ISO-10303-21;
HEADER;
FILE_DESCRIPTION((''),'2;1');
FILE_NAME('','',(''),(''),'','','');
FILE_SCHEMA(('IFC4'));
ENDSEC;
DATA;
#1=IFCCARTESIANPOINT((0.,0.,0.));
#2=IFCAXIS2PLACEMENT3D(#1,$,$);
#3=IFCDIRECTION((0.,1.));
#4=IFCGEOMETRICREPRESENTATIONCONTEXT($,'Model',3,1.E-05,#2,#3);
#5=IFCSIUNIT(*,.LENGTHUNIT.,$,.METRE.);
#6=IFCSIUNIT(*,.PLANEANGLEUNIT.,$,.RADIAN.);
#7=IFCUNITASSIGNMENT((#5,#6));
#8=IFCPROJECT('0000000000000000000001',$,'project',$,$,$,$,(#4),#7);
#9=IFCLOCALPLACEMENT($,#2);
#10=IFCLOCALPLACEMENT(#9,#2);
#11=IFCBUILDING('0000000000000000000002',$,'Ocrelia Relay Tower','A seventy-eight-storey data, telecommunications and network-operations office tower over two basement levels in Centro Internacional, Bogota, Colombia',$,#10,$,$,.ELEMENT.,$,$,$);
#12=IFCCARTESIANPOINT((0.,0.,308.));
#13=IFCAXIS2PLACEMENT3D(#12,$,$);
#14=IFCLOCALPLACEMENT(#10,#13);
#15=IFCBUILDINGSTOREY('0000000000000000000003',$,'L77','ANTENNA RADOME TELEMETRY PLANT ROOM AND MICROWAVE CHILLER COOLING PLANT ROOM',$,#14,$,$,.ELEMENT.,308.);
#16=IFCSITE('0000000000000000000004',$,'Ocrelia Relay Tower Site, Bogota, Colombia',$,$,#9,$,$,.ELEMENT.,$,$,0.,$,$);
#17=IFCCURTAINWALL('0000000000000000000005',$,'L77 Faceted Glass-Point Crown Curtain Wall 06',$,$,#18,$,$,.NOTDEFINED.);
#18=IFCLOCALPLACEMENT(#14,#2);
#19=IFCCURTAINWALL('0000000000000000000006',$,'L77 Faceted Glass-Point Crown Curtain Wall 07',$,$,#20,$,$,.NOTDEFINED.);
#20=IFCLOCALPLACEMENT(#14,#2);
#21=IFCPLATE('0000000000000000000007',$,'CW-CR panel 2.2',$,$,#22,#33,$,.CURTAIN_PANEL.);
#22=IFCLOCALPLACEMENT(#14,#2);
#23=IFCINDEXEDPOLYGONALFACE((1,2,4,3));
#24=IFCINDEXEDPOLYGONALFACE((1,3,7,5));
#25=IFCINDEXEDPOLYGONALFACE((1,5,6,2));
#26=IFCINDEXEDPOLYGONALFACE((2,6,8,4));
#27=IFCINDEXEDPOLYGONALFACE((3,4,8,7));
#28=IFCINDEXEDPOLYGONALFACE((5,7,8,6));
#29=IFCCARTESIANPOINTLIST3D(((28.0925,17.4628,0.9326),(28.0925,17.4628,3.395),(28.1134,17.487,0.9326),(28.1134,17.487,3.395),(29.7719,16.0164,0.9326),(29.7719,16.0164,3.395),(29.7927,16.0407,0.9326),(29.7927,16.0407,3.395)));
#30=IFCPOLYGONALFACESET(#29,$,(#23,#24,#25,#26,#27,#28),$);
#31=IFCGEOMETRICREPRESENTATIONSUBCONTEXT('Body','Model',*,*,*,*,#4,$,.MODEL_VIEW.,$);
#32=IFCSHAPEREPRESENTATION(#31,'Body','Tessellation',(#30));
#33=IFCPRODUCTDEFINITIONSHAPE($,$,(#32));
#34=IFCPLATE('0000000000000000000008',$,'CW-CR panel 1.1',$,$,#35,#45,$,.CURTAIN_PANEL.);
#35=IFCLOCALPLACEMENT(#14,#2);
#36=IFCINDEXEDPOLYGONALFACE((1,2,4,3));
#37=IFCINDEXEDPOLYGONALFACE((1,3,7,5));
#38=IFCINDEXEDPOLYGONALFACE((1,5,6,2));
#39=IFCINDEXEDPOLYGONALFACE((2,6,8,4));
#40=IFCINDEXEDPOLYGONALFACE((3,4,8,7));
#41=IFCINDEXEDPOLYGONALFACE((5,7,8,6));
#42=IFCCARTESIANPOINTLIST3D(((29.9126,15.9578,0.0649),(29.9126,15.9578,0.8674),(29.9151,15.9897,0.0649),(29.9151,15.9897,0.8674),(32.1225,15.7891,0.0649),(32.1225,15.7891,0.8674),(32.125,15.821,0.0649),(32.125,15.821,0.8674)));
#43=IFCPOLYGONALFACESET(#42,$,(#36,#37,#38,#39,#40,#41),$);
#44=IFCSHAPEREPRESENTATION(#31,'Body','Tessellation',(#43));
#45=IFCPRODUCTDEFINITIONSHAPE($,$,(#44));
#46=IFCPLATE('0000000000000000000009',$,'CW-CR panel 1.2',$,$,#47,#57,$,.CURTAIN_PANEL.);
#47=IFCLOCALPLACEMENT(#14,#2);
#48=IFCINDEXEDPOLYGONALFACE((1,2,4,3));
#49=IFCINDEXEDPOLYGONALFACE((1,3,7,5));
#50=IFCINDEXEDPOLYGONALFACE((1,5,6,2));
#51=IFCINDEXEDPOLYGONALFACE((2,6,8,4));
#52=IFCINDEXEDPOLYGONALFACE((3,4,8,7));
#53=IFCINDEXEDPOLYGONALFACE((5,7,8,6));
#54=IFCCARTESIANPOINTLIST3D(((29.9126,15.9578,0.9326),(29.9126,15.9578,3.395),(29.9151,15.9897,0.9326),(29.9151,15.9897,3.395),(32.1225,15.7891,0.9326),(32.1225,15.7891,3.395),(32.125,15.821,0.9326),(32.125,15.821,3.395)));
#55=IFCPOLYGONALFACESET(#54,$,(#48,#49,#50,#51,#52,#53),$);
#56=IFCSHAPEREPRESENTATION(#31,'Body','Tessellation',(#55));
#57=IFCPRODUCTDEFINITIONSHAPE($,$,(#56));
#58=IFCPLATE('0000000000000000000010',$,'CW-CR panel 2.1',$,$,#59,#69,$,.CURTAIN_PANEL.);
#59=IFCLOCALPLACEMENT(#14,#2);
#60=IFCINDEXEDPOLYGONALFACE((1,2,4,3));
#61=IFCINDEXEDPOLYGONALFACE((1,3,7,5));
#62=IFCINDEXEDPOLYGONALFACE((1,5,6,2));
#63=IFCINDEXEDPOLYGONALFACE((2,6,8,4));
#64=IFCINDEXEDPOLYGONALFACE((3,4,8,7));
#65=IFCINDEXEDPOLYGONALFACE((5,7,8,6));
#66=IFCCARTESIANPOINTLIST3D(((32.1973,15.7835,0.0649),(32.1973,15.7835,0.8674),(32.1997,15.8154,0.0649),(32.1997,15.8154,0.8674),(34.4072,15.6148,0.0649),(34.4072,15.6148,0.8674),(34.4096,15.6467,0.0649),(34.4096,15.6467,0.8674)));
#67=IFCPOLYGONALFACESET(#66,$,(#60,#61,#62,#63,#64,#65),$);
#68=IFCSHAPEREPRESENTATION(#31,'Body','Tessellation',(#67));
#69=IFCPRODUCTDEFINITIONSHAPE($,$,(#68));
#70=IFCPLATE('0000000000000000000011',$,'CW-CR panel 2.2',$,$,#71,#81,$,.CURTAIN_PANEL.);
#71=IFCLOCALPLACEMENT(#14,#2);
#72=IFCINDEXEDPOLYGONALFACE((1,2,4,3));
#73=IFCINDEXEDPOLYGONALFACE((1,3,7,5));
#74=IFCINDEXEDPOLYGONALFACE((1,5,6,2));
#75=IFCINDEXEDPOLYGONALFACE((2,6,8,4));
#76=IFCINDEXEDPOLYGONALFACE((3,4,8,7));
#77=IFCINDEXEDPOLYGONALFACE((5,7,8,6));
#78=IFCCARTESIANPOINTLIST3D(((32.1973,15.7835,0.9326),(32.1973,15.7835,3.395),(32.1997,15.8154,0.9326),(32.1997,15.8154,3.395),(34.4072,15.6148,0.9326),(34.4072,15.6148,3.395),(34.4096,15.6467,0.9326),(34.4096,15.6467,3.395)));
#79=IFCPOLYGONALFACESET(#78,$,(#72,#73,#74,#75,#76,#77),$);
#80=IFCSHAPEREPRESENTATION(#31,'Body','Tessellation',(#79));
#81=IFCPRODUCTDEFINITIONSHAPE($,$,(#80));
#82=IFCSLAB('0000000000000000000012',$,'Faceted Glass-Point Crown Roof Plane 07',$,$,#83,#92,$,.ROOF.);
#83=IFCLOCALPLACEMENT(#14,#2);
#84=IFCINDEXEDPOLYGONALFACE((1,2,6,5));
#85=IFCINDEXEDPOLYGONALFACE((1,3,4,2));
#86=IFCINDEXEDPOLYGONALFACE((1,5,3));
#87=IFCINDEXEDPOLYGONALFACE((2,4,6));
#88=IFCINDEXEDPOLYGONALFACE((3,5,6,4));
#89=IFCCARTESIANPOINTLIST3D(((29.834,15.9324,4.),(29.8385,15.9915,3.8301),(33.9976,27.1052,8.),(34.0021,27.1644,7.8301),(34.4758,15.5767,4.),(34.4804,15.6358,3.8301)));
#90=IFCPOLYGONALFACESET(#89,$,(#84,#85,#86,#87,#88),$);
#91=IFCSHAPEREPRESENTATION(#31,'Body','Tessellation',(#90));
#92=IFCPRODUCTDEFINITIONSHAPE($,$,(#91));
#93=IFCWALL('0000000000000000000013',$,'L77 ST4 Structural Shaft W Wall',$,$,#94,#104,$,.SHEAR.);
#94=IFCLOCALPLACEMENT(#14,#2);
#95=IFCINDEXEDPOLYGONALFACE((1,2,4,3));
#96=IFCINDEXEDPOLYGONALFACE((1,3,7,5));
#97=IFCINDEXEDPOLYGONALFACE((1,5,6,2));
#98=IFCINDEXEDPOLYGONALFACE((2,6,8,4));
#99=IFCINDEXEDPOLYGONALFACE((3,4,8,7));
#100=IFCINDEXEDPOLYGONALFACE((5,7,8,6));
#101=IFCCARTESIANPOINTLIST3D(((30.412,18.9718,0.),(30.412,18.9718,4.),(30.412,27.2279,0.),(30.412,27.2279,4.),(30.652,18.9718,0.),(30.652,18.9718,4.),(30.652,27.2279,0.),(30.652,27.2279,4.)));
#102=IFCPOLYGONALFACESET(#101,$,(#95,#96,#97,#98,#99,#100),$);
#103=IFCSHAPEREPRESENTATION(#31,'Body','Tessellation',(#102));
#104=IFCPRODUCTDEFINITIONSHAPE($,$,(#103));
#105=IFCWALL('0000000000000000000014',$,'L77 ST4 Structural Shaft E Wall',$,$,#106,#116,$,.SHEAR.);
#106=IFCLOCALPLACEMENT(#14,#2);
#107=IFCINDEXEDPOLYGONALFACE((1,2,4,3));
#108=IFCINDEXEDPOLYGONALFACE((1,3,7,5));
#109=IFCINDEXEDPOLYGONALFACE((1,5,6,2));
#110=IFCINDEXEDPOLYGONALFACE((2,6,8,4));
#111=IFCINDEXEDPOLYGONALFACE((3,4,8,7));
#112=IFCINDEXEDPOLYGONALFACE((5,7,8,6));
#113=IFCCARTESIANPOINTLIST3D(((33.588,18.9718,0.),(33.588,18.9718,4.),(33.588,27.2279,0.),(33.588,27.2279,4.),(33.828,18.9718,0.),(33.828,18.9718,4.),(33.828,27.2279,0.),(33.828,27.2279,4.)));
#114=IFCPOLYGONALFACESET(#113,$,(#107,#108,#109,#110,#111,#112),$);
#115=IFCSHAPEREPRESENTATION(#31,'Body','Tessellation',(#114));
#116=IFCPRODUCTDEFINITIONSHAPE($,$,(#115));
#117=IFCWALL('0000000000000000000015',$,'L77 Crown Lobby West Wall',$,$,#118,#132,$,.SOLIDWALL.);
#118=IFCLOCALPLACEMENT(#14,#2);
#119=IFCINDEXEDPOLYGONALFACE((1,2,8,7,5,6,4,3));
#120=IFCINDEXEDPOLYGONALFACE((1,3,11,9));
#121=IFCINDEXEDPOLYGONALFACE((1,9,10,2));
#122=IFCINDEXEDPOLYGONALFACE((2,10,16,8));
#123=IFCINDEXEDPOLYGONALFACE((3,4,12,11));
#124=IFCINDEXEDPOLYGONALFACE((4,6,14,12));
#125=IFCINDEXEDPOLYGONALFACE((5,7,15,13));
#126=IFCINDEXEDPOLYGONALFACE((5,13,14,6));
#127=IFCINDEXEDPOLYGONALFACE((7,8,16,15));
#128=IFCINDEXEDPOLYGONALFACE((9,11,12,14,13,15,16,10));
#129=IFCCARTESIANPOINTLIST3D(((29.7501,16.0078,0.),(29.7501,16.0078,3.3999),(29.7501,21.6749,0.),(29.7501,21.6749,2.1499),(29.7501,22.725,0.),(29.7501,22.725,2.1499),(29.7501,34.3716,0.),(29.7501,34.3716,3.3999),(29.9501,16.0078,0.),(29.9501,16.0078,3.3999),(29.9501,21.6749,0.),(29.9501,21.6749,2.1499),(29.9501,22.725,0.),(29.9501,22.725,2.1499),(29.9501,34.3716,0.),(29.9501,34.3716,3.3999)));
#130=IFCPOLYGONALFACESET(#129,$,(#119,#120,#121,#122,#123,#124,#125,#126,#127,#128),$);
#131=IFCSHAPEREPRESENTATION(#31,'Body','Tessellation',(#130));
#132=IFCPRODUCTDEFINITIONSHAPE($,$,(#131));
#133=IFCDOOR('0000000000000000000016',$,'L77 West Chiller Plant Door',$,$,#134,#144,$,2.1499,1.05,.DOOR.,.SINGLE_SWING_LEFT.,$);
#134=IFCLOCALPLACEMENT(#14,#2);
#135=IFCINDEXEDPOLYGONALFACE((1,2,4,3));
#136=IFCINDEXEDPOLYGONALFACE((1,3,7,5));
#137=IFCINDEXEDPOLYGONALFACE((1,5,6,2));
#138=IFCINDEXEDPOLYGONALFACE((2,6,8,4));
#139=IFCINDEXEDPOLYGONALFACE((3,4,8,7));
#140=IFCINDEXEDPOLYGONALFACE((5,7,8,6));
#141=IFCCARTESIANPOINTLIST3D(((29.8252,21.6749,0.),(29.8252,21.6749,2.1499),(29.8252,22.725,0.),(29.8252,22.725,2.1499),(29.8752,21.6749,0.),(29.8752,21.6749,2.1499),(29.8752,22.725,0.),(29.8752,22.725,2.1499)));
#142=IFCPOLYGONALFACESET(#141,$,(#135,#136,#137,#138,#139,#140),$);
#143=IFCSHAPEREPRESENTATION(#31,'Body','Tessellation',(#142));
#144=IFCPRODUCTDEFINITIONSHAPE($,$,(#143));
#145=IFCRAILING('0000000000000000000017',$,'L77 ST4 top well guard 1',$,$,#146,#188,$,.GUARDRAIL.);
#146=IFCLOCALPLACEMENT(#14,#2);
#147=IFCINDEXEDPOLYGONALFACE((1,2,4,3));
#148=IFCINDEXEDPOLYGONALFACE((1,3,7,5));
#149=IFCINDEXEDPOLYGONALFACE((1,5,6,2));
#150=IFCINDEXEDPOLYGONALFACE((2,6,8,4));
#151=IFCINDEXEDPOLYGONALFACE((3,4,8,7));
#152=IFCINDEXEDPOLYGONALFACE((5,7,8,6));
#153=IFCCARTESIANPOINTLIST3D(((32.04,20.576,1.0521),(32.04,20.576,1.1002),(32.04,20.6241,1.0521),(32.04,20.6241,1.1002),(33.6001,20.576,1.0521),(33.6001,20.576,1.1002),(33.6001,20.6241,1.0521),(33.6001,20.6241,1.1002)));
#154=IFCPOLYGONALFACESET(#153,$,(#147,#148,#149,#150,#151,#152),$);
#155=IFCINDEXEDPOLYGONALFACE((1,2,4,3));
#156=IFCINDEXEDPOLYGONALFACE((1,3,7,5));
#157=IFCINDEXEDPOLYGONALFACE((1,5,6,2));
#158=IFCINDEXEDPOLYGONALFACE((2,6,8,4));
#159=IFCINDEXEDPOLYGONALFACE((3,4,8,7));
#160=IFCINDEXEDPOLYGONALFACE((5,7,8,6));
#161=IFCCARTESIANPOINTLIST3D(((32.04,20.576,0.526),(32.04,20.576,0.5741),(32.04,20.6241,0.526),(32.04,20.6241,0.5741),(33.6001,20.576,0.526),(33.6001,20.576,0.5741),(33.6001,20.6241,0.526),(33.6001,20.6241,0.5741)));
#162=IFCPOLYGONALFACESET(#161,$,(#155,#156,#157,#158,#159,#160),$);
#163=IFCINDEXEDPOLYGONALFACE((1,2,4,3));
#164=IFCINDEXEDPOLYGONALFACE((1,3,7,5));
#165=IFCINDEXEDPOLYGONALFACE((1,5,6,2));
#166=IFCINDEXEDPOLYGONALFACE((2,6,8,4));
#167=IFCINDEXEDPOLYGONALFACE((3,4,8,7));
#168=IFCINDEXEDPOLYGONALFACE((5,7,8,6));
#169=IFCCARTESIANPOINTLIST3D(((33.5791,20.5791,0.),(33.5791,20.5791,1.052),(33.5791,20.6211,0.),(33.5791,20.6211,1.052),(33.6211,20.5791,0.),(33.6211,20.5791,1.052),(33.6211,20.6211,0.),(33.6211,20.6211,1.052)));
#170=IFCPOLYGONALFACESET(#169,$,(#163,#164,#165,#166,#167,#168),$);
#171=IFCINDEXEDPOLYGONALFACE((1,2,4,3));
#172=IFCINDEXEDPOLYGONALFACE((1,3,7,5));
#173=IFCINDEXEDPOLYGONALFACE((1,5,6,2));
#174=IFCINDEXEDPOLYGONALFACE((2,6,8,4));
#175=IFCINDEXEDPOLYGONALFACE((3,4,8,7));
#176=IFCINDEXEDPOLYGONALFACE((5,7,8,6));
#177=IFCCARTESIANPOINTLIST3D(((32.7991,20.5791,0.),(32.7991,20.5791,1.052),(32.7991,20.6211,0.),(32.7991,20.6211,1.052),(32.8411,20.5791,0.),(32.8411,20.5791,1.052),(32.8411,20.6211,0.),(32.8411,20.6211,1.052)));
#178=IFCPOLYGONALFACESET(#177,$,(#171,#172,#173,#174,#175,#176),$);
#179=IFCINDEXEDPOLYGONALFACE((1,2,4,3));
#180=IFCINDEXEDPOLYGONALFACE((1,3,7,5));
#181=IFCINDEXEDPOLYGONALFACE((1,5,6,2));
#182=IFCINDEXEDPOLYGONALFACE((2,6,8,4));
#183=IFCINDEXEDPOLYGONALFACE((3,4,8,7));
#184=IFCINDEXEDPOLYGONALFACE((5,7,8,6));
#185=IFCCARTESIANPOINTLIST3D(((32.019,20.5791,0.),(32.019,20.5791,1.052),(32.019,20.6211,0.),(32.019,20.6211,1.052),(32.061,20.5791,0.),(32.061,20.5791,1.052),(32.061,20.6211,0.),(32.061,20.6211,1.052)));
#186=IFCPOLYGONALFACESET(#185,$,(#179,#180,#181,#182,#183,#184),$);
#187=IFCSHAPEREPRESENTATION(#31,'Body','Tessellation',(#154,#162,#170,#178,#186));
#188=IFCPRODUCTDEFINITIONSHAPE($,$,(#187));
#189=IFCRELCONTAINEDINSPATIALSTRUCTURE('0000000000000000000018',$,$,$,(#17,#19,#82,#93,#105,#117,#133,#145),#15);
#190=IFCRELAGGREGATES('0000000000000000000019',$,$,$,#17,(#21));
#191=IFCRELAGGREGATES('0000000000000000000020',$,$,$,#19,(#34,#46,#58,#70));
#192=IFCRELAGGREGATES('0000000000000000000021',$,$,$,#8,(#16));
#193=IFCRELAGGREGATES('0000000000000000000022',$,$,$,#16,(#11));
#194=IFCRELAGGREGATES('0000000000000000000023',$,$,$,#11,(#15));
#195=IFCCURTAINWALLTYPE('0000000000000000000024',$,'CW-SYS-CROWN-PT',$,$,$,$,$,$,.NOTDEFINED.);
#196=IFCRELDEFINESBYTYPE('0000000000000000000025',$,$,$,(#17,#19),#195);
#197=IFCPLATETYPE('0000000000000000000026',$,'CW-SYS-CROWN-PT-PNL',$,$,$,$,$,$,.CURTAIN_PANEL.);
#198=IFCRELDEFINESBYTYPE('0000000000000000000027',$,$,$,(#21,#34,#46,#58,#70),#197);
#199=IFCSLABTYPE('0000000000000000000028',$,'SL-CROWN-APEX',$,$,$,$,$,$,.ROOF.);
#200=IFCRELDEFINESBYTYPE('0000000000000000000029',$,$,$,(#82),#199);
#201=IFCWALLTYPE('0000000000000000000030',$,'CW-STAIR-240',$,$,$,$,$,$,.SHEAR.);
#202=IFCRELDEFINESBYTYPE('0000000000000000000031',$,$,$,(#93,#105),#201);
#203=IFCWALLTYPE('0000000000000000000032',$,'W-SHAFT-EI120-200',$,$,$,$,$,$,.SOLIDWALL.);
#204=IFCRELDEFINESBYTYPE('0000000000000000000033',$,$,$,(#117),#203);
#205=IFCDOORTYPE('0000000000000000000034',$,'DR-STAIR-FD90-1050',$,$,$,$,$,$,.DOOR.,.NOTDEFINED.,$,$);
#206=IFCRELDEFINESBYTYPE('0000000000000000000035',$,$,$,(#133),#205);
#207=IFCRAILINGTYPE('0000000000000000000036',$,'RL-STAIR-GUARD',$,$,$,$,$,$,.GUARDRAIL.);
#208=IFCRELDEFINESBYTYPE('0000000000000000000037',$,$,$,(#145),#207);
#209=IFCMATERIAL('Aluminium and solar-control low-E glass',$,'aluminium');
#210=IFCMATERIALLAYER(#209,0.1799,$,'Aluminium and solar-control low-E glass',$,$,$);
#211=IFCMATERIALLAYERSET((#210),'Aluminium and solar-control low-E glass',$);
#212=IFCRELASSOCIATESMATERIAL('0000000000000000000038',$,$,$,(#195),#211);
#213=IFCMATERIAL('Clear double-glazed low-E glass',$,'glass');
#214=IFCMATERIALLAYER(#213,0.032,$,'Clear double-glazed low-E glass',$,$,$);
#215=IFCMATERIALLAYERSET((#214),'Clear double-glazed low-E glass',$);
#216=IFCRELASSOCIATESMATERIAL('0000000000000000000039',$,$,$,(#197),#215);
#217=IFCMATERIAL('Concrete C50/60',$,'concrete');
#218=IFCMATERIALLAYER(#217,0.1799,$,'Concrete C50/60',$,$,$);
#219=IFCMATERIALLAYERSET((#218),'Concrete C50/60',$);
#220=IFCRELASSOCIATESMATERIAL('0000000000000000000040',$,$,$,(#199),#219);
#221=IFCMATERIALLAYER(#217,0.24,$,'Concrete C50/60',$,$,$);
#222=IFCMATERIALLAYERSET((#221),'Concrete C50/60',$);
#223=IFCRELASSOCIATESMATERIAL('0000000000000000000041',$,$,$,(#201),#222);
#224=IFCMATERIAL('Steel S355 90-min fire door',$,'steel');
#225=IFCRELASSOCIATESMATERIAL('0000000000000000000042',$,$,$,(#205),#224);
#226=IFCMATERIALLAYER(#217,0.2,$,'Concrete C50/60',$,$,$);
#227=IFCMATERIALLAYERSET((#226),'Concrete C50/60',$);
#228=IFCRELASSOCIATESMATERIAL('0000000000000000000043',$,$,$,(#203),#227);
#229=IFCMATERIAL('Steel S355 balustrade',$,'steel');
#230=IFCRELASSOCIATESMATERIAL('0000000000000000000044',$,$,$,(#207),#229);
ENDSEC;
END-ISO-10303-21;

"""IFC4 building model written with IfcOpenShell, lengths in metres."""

from ifc_helpers import new_model, si_unit, direction, frame, frame_2d, origin, origin_2d, place, context, subcontext, project, spatial, polyline, rectangle, outline, extrude, material, layer, layer_set, type_object, element, fill, aggregate, save


model = new_model("IFC4")

# Units and contexts
model_context = context("Model", 3, precision=1e-05, world=origin(), true_north=direction((0.0, 1.0)))
body_context = subcontext(model_context, "Body", "Model", "MODEL_VIEW")
ifc_project = project(units=[si_unit("LENGTHUNIT", "METRE"), si_unit("PLANEANGLEUNIT", "RADIAN")], contexts=[model_context])

# Site, building, storey
site_placement = place(None, origin())
site = spatial("IfcSite", under=ifc_project, at=site_placement, Name="Ocrelia Relay Tower Site, Bogota, Colombia", CompositionType="ELEMENT", RefElevation=0.0)
building_placement = place(site_placement, origin())
building = spatial("IfcBuilding", under=site, at=building_placement, Name="Ocrelia Relay Tower", Description="A seventy-eight-storey data, telecommunications and network-operations office tower over two basement levels in Centro Internacional, Bogota, Colombia", CompositionType="ELEMENT")
storey_placement = place(building_placement, frame((0.0, 0.0, 308.0)))
storey = spatial("IfcBuildingStorey", under=building, at=storey_placement, Name="L77", Description="ANTENNA RADOME TELEMETRY PLANT ROOM AND MICROWAVE CHILLER COOLING PLANT ROOM", CompositionType="ELEMENT", Elevation=308.0)

# Curtain wall
ifc_material_1 = material(Name="Aluminium and solar-control low-E glass", Category="aluminium")
ifc_layer_1 = layer(ifc_material_1, 0.1799, Name="Aluminium and solar-control low-E glass")
ifc_layer_set_1 = layer_set([ifc_layer_1], Name="Aluminium and solar-control low-E glass")
curtain_wall_type = type_object("IfcCurtainWallType", Name="CW-SYS-CROWN-PT", PredefinedType="NOTDEFINED", material=ifc_layer_set_1)
curtain_wall_1_placement = place(storey_placement, origin())
curtain_wall_1 = element("IfcCurtainWall", 1, at=curtain_wall_1_placement, inside=storey, type_object=curtain_wall_type, Name="L77 Faceted Glass-Point Crown Curtain Wall 06", PredefinedType="NOTDEFINED")

# Curtain wall
curtain_wall_2_placement = place(storey_placement, origin())
curtain_wall_2 = element("IfcCurtainWall", 2, at=curtain_wall_2_placement, inside=storey, type_object=curtain_wall_type, Name="L77 Faceted Glass-Point Crown Curtain Wall 07", PredefinedType="NOTDEFINED")

# Plates
ifc_material_2 = material(Name="Clear double-glazed low-E glass", Category="glass")
ifc_layer_2 = layer(ifc_material_2, 0.032, Name="Clear double-glazed low-E glass")
ifc_layer_set_2 = layer_set([ifc_layer_2], Name="Clear double-glazed low-E glass")
plate_type = type_object("IfcPlateType", Name="CW-SYS-CROWN-PT-PNL", PredefinedType="CURTAIN_PANEL", material=ifc_layer_set_2)
plate_1_placement = place(storey_placement, frame((28.9426, 16.7517, 0.9326), z_axis=(0.0, 0.0, 1.0), x_axis=(0.757719, -0.652581, 0.0)))
plate_1 = element("IfcPlate", 3, at=plate_1_placement, type_object=plate_type, Name="CW-CR panel 2.2", PredefinedType="CURTAIN_PANEL", context=body_context, shape_type="SweptSolid", body=[
    extrude(rectangle(XDim=2.2163, YDim=0.032, at=origin_2d()), origin(), (0.0, 0.0, 1.0), 2.4624),
])
aggregate(curtain_wall_1, [plate_1])
plate_2_placement = place(storey_placement, frame((31.0188, 15.8894, 0.0649), z_axis=(0.0, 0.0, 1.0), x_axis=(0.997101, -0.076089, 0.0)))
plate_2 = element("IfcPlate", 4, at=plate_2_placement, type_object=plate_type, Name="CW-CR panel 1.1", PredefinedType="CURTAIN_PANEL", context=body_context, shape_type="SweptSolid", body=[
    extrude(rectangle(XDim=2.2163, YDim=0.032, at=origin_2d()), origin(), (0.0, 0.0, 1.0), 0.8025),
])
plate_3_placement = place(storey_placement, frame((31.0188, 15.8894, 0.9326), z_axis=(0.0, 0.0, 1.0), x_axis=(0.997101, -0.076089, 0.0)))
plate_3 = element("IfcPlate", 5, at=plate_3_placement, type_object=plate_type, Name="CW-CR panel 1.2", PredefinedType="CURTAIN_PANEL", context=body_context, shape_type="SweptSolid", body=[
    extrude(rectangle(XDim=2.2163, YDim=0.032, at=origin_2d()), origin(), (0.0, 0.0, 1.0), 2.4624),
])
plate_4_placement = place(storey_placement, frame((33.3035, 15.7151, 0.0649), z_axis=(0.0, 0.0, 1.0), x_axis=(0.997101, -0.076089, 0.0)))
plate_4 = element("IfcPlate", 6, at=plate_4_placement, type_object=plate_type, Name="CW-CR panel 2.1", PredefinedType="CURTAIN_PANEL", context=body_context, shape_type="SweptSolid", body=[
    extrude(rectangle(XDim=2.2163, YDim=0.032, at=origin_2d()), origin(), (0.0, 0.0, 1.0), 0.8025),
])
plate_5_placement = place(storey_placement, frame((33.3035, 15.7151, 0.9326), z_axis=(0.0, 0.0, 1.0), x_axis=(0.997101, -0.076089, 0.0)))
plate_5 = element("IfcPlate", 7, at=plate_5_placement, type_object=plate_type, Name="CW-CR panel 2.2", PredefinedType="CURTAIN_PANEL", context=body_context, shape_type="SweptSolid", body=[
    extrude(rectangle(XDim=2.2163, YDim=0.032, at=origin_2d()), origin(), (0.0, 0.0, 1.0), 2.4624),
])
aggregate(curtain_wall_2, [plate_2, plate_3, plate_4, plate_5])

# Slab
ifc_material_3 = material(Name="Concrete C50/60", Category="concrete")
ifc_layer_3 = layer(ifc_material_3, 0.1799, Name="Concrete C50/60")
ifc_layer_set_3 = layer_set([ifc_layer_3], Name="Concrete C50/60")
slab_type = type_object("IfcSlabType", Name="SL-CROWN-APEX", PredefinedType="ROOF", material=ifc_layer_set_3)
slab_placement = place(storey_placement, frame((29.834, 15.9324, 4.0), z_axis=(-0.025183, -0.328623, 0.944126), x_axis=(0.997077, -0.076408, 0.0)))
element("IfcSlab", 8, at=slab_placement, inside=storey, type_object=slab_type, Name="Faceted Glass-Point Crown Roof Plane 07", PredefinedType="ROOF", context=body_context, shape_type="SweptSolid", body=[
    extrude(outline(polyline([(0.0, 0.0), (4.6555, 0.0), (3.2977, 12.1364), (0.0, 0.0)])), origin(), (0.0, 0.0, -1.0), 0.1799),
])

# Shared definitions
ifc_layer_4 = layer(ifc_material_3, 0.24, Name="Concrete C50/60")
ifc_layer_set_4 = layer_set([ifc_layer_4], Name="Concrete C50/60")
wall_type_1 = type_object("IfcWallType", Name="CW-STAIR-240", PredefinedType="SHEAR", material=ifc_layer_set_4)
ifc_material_4 = material(Name="Steel S355 90-min fire door", Category="steel")
door_type = type_object("IfcDoorType", Name="DR-STAIR-FD90-1050", OperationType="NOTDEFINED", PredefinedType="DOOR", material=ifc_material_4)

# Walls
for number, where, z_axis, x_axis, name in (
    (9, (30.532, 18.9719, 0.0), (0.0, 0.0, 1.0), (0.0, 1.0, 0.0), "L77 ST4 Structural Shaft W Wall"),
    (10, (33.708, 18.9719, 0.0), (0.0, 0.0, 1.0), (0.0, 1.0, 0.0), "L77 ST4 Structural Shaft E Wall"),
):
    element("IfcWall", number, at=place(storey_placement, frame(where, z_axis=z_axis, x_axis=x_axis)), inside=storey, type_object=wall_type_1, Name=name, PredefinedType="SHEAR", context=body_context, shape_type="SweptSolid", body=[
        extrude(rectangle(XDim=8.2561, YDim=0.24, at=frame_2d((4.1279, 0.0))), origin(), (0.0, 0.0, 1.0), 4.0),
    ])

# Wall, opening, door
ifc_layer_5 = layer(ifc_material_3, 0.2, Name="Concrete C50/60")
ifc_layer_set_5 = layer_set([ifc_layer_5], Name="Concrete C50/60")
wall_type_2 = type_object("IfcWallType", Name="W-SHAFT-EI120-200", PredefinedType="SOLIDWALL", material=ifc_layer_set_5)
wall_1_placement = place(storey_placement, frame((29.8501, 16.0078, 0.0), z_axis=(0.0, 0.0, 1.0), x_axis=(0.0, 1.0, 0.0)))
wall_1 = element("IfcWall", 11, at=wall_1_placement, inside=storey, type_object=wall_type_2, Name="L77 Crown Lobby West Wall", PredefinedType="SOLIDWALL", context=body_context, shape_type="SweptSolid", body=[
    extrude(rectangle(XDim=18.3638, YDim=0.2, at=frame_2d((9.1819, 0.0))), origin(), (0.0, 0.0, 1.0), 3.3999),
])
opening_1_placement = place(wall_1_placement, frame((5.6672, 0.0, 0.0)))
opening_1 = element("IfcOpeningElement", 12, at=opening_1_placement, cuts=wall_1, PredefinedType="OPENING", context=body_context, shape_type="SweptSolid", body=[
    extrude(rectangle(XDim=1.05, YDim=2.1499, at=frame_2d((0.5249, 1.075))), frame((0.0, 0.1099, 0.0), z_axis=(0.0, -1.0, 0.0), x_axis=(1.0, 0.0, 0.0)), (0.0, 0.0, 1.0), 0.22),
])
door_1_placement = place(opening_1_placement, origin())
door_1 = element("IfcDoor", 13, at=door_1_placement, inside=storey, type_object=door_type, Name="L77 West Chiller Plant Door", OperationType="SINGLE_SWING_LEFT", OverallHeight=2.1499, OverallWidth=1.05, PredefinedType="DOOR", context=body_context, shape_type="SweptSolid", body=[
    extrude(rectangle(XDim=1.05, YDim=2.1499, at=frame_2d((0.5249, 1.075))), frame((0.0, 0.0249, 0.0), z_axis=(0.0, -1.0, 0.0), x_axis=(1.0, 0.0, 0.0)), (0.0, 0.0, 1.0), 0.05),
])
fill(opening_1, door_1)

# Railing
ifc_material_5 = material(Name="Steel S355 balustrade", Category="steel")
railing_type = type_object("IfcRailingType", Name="RL-STAIR-GUARD", PredefinedType="GUARDRAIL", material=ifc_material_5)
railing_placement = place(storey_placement, frame((33.6001, 20.6001, 0.0)))
element("IfcRailing", 14, at=railing_placement, inside=storey, type_object=railing_type, Name="L77 ST4 top well guard 1", PredefinedType="GUARDRAIL", context=body_context, shape_type="SweptSolid", body=[
    extrude(rectangle(XDim=0.0481, YDim=0.0481, at=origin_2d()), frame((0.0, 0.0, 1.0762), z_axis=(-1.0, 0.0, 0.0), x_axis=(0.0, -1.0, 0.0)), (0.0, 0.0, 1.0), 1.5601),
    extrude(rectangle(XDim=0.0481, YDim=0.0481, at=origin_2d()), frame((0.0, 0.0, 0.55), z_axis=(-1.0, 0.0, 0.0), x_axis=(0.0, -1.0, 0.0)), (0.0, 0.0, 1.0), 1.5601),
    extrude(rectangle(XDim=0.042, YDim=0.042, at=origin_2d()), origin(), (0.0, 0.0, 1.0), 1.052),
    extrude(rectangle(XDim=0.042, YDim=0.042, at=origin_2d()), frame((-0.78, 0.0, 0.0)), (0.0, 0.0, 1.0), 1.052),
    extrude(rectangle(XDim=0.042, YDim=0.042, at=origin_2d()), frame((-1.5601, 0.0, 0.0)), (0.0, 0.0, 1.0), 1.052),
])

save(model, "model.ifc")
